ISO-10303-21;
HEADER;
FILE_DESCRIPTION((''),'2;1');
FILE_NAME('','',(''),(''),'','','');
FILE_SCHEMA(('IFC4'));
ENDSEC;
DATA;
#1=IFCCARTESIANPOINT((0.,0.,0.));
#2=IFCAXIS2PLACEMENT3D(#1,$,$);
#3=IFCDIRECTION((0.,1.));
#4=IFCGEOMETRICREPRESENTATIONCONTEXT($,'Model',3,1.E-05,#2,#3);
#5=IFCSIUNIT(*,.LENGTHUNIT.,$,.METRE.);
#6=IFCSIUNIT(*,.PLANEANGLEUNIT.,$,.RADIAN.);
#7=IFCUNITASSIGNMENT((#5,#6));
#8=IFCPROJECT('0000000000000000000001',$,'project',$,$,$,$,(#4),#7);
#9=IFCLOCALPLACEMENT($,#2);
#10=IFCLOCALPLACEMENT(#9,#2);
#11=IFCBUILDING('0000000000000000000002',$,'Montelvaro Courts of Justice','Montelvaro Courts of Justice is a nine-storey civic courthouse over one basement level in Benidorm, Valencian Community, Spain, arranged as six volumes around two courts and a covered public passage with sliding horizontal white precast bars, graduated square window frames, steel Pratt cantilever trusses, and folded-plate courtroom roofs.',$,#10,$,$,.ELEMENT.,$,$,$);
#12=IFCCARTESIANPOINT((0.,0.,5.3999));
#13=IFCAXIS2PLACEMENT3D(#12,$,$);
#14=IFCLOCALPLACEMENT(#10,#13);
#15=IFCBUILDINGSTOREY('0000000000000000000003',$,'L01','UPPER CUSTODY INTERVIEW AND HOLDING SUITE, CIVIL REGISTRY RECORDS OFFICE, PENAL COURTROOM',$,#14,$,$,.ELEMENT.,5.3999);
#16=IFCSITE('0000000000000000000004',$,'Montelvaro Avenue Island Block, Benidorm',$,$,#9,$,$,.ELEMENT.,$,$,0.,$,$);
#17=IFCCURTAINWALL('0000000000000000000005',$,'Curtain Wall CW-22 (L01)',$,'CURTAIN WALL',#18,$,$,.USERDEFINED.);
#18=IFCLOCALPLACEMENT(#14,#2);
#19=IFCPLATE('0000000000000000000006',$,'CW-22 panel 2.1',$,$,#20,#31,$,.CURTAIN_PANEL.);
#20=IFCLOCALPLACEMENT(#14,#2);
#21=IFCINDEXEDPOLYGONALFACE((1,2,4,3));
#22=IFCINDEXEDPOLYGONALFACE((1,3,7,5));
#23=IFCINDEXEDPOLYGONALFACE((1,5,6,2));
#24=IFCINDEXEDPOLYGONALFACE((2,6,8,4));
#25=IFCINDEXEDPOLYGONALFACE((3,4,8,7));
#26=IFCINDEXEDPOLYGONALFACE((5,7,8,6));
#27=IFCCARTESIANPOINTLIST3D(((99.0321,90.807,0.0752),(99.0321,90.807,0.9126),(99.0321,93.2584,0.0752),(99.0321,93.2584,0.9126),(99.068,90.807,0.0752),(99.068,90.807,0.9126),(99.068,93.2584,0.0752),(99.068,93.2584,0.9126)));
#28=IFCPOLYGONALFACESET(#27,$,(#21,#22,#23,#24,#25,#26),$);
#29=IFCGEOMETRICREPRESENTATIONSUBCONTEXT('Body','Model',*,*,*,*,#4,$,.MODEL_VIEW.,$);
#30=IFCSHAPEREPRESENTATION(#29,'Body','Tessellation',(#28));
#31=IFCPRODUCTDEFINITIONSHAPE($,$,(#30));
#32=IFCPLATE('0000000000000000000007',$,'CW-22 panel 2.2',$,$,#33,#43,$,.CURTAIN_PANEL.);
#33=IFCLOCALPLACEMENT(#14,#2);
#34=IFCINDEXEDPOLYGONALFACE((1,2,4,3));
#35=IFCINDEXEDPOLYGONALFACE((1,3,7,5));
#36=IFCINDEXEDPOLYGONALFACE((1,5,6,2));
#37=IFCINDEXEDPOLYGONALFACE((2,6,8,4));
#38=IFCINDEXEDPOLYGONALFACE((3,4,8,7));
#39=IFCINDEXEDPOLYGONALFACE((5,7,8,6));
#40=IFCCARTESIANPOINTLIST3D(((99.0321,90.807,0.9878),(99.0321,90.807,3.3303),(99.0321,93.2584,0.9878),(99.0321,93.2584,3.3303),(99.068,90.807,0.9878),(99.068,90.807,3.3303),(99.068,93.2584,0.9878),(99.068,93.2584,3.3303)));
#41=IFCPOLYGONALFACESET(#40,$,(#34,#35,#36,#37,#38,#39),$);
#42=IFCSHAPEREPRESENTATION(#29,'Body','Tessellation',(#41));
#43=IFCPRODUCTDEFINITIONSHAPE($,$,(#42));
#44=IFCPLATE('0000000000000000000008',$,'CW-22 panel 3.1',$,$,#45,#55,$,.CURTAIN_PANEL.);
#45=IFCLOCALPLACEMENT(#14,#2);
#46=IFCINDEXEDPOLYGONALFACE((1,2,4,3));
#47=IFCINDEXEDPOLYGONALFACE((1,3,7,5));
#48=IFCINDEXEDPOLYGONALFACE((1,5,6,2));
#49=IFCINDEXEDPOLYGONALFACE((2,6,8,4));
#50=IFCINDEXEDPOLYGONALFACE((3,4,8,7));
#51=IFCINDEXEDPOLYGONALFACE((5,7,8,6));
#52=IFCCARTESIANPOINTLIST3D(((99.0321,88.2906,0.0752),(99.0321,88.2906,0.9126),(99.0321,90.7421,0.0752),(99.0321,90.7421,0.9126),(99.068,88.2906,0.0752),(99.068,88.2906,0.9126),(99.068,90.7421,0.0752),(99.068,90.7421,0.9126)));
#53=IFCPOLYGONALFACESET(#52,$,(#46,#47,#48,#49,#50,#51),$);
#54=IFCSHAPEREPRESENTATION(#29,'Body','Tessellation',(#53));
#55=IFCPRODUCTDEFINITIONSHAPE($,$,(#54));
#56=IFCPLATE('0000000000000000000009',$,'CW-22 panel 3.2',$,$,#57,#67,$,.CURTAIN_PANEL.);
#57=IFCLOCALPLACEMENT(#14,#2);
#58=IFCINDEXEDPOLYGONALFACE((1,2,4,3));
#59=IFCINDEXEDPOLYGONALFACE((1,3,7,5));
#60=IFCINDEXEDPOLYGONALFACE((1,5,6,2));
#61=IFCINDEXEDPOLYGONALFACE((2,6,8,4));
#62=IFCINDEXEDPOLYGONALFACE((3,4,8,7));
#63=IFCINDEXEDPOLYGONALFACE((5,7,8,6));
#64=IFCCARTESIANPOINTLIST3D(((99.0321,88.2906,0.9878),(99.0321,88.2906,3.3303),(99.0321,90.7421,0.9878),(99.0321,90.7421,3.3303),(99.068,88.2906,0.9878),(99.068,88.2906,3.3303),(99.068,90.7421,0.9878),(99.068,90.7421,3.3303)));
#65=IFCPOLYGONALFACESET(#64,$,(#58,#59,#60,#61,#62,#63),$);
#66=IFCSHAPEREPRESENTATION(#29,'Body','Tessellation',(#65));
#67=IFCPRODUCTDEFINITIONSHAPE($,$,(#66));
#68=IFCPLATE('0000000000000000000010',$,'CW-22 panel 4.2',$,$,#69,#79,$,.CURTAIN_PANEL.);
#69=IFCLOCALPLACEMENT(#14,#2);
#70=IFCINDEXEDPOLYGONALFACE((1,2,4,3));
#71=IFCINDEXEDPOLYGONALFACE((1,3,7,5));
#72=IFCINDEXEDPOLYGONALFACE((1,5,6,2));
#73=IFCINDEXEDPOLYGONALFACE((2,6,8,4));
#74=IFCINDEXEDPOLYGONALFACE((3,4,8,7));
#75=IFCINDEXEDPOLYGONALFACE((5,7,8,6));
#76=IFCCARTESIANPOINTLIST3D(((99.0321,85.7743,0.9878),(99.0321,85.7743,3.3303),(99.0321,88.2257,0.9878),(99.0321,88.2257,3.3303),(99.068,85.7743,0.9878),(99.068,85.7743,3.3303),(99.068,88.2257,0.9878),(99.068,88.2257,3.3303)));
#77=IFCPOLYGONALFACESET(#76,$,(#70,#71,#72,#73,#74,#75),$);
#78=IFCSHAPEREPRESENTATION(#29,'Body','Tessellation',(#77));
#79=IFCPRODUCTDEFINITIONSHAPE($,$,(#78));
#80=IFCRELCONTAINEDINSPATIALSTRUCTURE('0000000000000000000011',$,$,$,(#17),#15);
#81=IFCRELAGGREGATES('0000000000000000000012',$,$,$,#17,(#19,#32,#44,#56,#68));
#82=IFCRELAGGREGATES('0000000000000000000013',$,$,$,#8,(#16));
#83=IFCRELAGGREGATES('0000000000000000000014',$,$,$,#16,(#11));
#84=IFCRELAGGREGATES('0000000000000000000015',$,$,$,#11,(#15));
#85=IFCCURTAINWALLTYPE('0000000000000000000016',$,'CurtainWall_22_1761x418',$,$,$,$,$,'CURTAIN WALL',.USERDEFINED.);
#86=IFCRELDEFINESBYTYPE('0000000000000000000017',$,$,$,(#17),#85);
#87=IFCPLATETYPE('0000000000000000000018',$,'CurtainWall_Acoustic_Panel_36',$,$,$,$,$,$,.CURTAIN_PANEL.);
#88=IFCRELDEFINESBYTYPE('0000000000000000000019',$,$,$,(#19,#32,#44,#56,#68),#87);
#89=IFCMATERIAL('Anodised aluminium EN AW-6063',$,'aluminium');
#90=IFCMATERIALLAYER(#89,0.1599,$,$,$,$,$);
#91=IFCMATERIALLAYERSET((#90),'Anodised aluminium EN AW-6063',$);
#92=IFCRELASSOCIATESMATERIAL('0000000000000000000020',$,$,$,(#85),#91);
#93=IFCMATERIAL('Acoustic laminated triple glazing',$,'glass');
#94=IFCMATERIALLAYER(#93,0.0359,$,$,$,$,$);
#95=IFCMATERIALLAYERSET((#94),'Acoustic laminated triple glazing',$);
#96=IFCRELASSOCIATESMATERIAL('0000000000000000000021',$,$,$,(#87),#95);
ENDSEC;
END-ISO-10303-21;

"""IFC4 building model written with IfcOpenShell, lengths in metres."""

from ifc_helpers import new_model, si_unit, direction, frame, origin, origin_2d, place, context, subcontext, project, spatial, rectangle, extrude, material, layer, layer_set, type_object, element, aggregate, save


model = new_model("IFC4")

# Units and contexts
model_context = context("Model", 3, precision=1e-05, world=origin(), true_north=direction((0.0, 1.0)))
body_context = subcontext(model_context, "Body", "Model", "MODEL_VIEW")
ifc_project = project(units=[si_unit("LENGTHUNIT", "METRE"), si_unit("PLANEANGLEUNIT", "RADIAN")], contexts=[model_context])

# Site, building, storey
site_placement = place(None, origin())
site = spatial("IfcSite", under=ifc_project, at=site_placement, Name="Montelvaro Avenue Island Block, Benidorm", CompositionType="ELEMENT", RefElevation=0.0)
building_placement = place(site_placement, origin())
building = spatial("IfcBuilding", under=site, at=building_placement, Name="Montelvaro Courts of Justice", Description="Montelvaro Courts of Justice is a nine-storey civic courthouse over one basement level in Benidorm, Valencian Community, Spain, arranged as six volumes around two courts and a covered public passage with sliding horizontal white precast bars, graduated square window frames, steel Pratt cantilever trusses, and folded-plate courtroom roofs.", CompositionType="ELEMENT")
storey_placement = place(building_placement, frame((0.0, 0.0, 5.3999)))
storey = spatial("IfcBuildingStorey", under=building, at=storey_placement, Name="L01", Description="UPPER CUSTODY INTERVIEW AND HOLDING SUITE, CIVIL REGISTRY RECORDS OFFICE, PENAL COURTROOM", CompositionType="ELEMENT", Elevation=5.3999)

# Curtain wall
ifc_material_1 = material(Name="Anodised aluminium EN AW-6063", Category="aluminium")
ifc_layer_1 = layer(ifc_material_1, 0.1599)
ifc_layer_set_1 = layer_set([ifc_layer_1], Name="Anodised aluminium EN AW-6063")
curtain_wall_type_1 = type_object("IfcCurtainWallType", Name="CurtainWall_22_1761x418", ElementType="CURTAIN WALL", PredefinedType="USERDEFINED", material=ifc_layer_set_1)
curtain_wall_1_placement = place(storey_placement, origin())
curtain_wall_1 = element("IfcCurtainWall", 1, at=curtain_wall_1_placement, inside=storey, type_object=curtain_wall_type_1, Name="Curtain Wall CW-22 (L01)", ObjectType="CURTAIN WALL", PredefinedType="USERDEFINED")

# Shared definitions
ifc_material_2 = material(Name="Acoustic laminated triple glazing", Category="glass")
ifc_layer_2 = layer(ifc_material_2, 0.0359)
ifc_layer_set_2 = layer_set([ifc_layer_2], Name="Acoustic laminated triple glazing")
plate_type = type_object("IfcPlateType", Name="CurtainWall_Acoustic_Panel_36", PredefinedType="CURTAIN_PANEL", material=ifc_layer_set_2)

# Plates
plate_1_placement = place(storey_placement, frame((99.05, 92.0327, 0.0752), z_axis=(0.0, 0.0, 1.0), x_axis=(0.0, -1.0, 0.0)))
plate_1 = element("IfcPlate", 2, at=plate_1_placement, type_object=plate_type, Name="CW-22 panel 2.1", PredefinedType="CURTAIN_PANEL", context=body_context, shape_type="SweptSolid", body=[
    extrude(rectangle(XDim=2.4514, YDim=0.0359, at=origin_2d()), origin(), (0.0, 0.0, 1.0), 0.8374),
])
plate_2_placement = place(storey_placement, frame((99.05, 92.0327, 0.9878), z_axis=(0.0, 0.0, 1.0), x_axis=(0.0, -1.0, 0.0)))
plate_2 = element("IfcPlate", 3, at=plate_2_placement, type_object=plate_type, Name="CW-22 panel 2.2", PredefinedType="CURTAIN_PANEL", context=body_context, shape_type="SweptSolid", body=[
    extrude(rectangle(XDim=2.4514, YDim=0.0359, at=origin_2d()), origin(), (0.0, 0.0, 1.0), 2.3425),
])
plate_3_placement = place(storey_placement, frame((99.05, 89.5164, 0.0752), z_axis=(0.0, 0.0, 1.0), x_axis=(0.0, -1.0, 0.0)))
plate_3 = element("IfcPlate", 4, at=plate_3_placement, type_object=plate_type, Name="CW-22 panel 3.1", PredefinedType="CURTAIN_PANEL", context=body_context, shape_type="SweptSolid", body=[
    extrude(rectangle(XDim=2.4514, YDim=0.0359, at=origin_2d()), origin(), (0.0, 0.0, 1.0), 0.8374),
])
plate_4_placement = place(storey_placement, frame((99.05, 89.5164, 0.9878), z_axis=(0.0, 0.0, 1.0), x_axis=(0.0, -1.0, 0.0)))
plate_4 = element("IfcPlate", 5, at=plate_4_placement, type_object=plate_type, Name="CW-22 panel 3.2", PredefinedType="CURTAIN_PANEL", context=body_context, shape_type="SweptSolid", body=[
    extrude(rectangle(XDim=2.4514, YDim=0.0359, at=origin_2d()), origin(), (0.0, 0.0, 1.0), 2.3425),
])
plate_5_placement = place(storey_placement, frame((99.05, 87.0, 0.9878), z_axis=(0.0, 0.0, 1.0), x_axis=(0.0, -1.0, 0.0)))
plate_5 = element("IfcPlate", 6, at=plate_5_placement, type_object=plate_type, Name="CW-22 panel 4.2", PredefinedType="CURTAIN_PANEL", context=body_context, shape_type="SweptSolid", body=[
    extrude(rectangle(XDim=2.4514, YDim=0.0359, at=origin_2d()), origin(), (0.0, 0.0, 1.0), 2.3425),
])
aggregate(curtain_wall_1, [plate_1, plate_2, plate_3, plate_4, plate_5])

save(model, "model.ifc")
